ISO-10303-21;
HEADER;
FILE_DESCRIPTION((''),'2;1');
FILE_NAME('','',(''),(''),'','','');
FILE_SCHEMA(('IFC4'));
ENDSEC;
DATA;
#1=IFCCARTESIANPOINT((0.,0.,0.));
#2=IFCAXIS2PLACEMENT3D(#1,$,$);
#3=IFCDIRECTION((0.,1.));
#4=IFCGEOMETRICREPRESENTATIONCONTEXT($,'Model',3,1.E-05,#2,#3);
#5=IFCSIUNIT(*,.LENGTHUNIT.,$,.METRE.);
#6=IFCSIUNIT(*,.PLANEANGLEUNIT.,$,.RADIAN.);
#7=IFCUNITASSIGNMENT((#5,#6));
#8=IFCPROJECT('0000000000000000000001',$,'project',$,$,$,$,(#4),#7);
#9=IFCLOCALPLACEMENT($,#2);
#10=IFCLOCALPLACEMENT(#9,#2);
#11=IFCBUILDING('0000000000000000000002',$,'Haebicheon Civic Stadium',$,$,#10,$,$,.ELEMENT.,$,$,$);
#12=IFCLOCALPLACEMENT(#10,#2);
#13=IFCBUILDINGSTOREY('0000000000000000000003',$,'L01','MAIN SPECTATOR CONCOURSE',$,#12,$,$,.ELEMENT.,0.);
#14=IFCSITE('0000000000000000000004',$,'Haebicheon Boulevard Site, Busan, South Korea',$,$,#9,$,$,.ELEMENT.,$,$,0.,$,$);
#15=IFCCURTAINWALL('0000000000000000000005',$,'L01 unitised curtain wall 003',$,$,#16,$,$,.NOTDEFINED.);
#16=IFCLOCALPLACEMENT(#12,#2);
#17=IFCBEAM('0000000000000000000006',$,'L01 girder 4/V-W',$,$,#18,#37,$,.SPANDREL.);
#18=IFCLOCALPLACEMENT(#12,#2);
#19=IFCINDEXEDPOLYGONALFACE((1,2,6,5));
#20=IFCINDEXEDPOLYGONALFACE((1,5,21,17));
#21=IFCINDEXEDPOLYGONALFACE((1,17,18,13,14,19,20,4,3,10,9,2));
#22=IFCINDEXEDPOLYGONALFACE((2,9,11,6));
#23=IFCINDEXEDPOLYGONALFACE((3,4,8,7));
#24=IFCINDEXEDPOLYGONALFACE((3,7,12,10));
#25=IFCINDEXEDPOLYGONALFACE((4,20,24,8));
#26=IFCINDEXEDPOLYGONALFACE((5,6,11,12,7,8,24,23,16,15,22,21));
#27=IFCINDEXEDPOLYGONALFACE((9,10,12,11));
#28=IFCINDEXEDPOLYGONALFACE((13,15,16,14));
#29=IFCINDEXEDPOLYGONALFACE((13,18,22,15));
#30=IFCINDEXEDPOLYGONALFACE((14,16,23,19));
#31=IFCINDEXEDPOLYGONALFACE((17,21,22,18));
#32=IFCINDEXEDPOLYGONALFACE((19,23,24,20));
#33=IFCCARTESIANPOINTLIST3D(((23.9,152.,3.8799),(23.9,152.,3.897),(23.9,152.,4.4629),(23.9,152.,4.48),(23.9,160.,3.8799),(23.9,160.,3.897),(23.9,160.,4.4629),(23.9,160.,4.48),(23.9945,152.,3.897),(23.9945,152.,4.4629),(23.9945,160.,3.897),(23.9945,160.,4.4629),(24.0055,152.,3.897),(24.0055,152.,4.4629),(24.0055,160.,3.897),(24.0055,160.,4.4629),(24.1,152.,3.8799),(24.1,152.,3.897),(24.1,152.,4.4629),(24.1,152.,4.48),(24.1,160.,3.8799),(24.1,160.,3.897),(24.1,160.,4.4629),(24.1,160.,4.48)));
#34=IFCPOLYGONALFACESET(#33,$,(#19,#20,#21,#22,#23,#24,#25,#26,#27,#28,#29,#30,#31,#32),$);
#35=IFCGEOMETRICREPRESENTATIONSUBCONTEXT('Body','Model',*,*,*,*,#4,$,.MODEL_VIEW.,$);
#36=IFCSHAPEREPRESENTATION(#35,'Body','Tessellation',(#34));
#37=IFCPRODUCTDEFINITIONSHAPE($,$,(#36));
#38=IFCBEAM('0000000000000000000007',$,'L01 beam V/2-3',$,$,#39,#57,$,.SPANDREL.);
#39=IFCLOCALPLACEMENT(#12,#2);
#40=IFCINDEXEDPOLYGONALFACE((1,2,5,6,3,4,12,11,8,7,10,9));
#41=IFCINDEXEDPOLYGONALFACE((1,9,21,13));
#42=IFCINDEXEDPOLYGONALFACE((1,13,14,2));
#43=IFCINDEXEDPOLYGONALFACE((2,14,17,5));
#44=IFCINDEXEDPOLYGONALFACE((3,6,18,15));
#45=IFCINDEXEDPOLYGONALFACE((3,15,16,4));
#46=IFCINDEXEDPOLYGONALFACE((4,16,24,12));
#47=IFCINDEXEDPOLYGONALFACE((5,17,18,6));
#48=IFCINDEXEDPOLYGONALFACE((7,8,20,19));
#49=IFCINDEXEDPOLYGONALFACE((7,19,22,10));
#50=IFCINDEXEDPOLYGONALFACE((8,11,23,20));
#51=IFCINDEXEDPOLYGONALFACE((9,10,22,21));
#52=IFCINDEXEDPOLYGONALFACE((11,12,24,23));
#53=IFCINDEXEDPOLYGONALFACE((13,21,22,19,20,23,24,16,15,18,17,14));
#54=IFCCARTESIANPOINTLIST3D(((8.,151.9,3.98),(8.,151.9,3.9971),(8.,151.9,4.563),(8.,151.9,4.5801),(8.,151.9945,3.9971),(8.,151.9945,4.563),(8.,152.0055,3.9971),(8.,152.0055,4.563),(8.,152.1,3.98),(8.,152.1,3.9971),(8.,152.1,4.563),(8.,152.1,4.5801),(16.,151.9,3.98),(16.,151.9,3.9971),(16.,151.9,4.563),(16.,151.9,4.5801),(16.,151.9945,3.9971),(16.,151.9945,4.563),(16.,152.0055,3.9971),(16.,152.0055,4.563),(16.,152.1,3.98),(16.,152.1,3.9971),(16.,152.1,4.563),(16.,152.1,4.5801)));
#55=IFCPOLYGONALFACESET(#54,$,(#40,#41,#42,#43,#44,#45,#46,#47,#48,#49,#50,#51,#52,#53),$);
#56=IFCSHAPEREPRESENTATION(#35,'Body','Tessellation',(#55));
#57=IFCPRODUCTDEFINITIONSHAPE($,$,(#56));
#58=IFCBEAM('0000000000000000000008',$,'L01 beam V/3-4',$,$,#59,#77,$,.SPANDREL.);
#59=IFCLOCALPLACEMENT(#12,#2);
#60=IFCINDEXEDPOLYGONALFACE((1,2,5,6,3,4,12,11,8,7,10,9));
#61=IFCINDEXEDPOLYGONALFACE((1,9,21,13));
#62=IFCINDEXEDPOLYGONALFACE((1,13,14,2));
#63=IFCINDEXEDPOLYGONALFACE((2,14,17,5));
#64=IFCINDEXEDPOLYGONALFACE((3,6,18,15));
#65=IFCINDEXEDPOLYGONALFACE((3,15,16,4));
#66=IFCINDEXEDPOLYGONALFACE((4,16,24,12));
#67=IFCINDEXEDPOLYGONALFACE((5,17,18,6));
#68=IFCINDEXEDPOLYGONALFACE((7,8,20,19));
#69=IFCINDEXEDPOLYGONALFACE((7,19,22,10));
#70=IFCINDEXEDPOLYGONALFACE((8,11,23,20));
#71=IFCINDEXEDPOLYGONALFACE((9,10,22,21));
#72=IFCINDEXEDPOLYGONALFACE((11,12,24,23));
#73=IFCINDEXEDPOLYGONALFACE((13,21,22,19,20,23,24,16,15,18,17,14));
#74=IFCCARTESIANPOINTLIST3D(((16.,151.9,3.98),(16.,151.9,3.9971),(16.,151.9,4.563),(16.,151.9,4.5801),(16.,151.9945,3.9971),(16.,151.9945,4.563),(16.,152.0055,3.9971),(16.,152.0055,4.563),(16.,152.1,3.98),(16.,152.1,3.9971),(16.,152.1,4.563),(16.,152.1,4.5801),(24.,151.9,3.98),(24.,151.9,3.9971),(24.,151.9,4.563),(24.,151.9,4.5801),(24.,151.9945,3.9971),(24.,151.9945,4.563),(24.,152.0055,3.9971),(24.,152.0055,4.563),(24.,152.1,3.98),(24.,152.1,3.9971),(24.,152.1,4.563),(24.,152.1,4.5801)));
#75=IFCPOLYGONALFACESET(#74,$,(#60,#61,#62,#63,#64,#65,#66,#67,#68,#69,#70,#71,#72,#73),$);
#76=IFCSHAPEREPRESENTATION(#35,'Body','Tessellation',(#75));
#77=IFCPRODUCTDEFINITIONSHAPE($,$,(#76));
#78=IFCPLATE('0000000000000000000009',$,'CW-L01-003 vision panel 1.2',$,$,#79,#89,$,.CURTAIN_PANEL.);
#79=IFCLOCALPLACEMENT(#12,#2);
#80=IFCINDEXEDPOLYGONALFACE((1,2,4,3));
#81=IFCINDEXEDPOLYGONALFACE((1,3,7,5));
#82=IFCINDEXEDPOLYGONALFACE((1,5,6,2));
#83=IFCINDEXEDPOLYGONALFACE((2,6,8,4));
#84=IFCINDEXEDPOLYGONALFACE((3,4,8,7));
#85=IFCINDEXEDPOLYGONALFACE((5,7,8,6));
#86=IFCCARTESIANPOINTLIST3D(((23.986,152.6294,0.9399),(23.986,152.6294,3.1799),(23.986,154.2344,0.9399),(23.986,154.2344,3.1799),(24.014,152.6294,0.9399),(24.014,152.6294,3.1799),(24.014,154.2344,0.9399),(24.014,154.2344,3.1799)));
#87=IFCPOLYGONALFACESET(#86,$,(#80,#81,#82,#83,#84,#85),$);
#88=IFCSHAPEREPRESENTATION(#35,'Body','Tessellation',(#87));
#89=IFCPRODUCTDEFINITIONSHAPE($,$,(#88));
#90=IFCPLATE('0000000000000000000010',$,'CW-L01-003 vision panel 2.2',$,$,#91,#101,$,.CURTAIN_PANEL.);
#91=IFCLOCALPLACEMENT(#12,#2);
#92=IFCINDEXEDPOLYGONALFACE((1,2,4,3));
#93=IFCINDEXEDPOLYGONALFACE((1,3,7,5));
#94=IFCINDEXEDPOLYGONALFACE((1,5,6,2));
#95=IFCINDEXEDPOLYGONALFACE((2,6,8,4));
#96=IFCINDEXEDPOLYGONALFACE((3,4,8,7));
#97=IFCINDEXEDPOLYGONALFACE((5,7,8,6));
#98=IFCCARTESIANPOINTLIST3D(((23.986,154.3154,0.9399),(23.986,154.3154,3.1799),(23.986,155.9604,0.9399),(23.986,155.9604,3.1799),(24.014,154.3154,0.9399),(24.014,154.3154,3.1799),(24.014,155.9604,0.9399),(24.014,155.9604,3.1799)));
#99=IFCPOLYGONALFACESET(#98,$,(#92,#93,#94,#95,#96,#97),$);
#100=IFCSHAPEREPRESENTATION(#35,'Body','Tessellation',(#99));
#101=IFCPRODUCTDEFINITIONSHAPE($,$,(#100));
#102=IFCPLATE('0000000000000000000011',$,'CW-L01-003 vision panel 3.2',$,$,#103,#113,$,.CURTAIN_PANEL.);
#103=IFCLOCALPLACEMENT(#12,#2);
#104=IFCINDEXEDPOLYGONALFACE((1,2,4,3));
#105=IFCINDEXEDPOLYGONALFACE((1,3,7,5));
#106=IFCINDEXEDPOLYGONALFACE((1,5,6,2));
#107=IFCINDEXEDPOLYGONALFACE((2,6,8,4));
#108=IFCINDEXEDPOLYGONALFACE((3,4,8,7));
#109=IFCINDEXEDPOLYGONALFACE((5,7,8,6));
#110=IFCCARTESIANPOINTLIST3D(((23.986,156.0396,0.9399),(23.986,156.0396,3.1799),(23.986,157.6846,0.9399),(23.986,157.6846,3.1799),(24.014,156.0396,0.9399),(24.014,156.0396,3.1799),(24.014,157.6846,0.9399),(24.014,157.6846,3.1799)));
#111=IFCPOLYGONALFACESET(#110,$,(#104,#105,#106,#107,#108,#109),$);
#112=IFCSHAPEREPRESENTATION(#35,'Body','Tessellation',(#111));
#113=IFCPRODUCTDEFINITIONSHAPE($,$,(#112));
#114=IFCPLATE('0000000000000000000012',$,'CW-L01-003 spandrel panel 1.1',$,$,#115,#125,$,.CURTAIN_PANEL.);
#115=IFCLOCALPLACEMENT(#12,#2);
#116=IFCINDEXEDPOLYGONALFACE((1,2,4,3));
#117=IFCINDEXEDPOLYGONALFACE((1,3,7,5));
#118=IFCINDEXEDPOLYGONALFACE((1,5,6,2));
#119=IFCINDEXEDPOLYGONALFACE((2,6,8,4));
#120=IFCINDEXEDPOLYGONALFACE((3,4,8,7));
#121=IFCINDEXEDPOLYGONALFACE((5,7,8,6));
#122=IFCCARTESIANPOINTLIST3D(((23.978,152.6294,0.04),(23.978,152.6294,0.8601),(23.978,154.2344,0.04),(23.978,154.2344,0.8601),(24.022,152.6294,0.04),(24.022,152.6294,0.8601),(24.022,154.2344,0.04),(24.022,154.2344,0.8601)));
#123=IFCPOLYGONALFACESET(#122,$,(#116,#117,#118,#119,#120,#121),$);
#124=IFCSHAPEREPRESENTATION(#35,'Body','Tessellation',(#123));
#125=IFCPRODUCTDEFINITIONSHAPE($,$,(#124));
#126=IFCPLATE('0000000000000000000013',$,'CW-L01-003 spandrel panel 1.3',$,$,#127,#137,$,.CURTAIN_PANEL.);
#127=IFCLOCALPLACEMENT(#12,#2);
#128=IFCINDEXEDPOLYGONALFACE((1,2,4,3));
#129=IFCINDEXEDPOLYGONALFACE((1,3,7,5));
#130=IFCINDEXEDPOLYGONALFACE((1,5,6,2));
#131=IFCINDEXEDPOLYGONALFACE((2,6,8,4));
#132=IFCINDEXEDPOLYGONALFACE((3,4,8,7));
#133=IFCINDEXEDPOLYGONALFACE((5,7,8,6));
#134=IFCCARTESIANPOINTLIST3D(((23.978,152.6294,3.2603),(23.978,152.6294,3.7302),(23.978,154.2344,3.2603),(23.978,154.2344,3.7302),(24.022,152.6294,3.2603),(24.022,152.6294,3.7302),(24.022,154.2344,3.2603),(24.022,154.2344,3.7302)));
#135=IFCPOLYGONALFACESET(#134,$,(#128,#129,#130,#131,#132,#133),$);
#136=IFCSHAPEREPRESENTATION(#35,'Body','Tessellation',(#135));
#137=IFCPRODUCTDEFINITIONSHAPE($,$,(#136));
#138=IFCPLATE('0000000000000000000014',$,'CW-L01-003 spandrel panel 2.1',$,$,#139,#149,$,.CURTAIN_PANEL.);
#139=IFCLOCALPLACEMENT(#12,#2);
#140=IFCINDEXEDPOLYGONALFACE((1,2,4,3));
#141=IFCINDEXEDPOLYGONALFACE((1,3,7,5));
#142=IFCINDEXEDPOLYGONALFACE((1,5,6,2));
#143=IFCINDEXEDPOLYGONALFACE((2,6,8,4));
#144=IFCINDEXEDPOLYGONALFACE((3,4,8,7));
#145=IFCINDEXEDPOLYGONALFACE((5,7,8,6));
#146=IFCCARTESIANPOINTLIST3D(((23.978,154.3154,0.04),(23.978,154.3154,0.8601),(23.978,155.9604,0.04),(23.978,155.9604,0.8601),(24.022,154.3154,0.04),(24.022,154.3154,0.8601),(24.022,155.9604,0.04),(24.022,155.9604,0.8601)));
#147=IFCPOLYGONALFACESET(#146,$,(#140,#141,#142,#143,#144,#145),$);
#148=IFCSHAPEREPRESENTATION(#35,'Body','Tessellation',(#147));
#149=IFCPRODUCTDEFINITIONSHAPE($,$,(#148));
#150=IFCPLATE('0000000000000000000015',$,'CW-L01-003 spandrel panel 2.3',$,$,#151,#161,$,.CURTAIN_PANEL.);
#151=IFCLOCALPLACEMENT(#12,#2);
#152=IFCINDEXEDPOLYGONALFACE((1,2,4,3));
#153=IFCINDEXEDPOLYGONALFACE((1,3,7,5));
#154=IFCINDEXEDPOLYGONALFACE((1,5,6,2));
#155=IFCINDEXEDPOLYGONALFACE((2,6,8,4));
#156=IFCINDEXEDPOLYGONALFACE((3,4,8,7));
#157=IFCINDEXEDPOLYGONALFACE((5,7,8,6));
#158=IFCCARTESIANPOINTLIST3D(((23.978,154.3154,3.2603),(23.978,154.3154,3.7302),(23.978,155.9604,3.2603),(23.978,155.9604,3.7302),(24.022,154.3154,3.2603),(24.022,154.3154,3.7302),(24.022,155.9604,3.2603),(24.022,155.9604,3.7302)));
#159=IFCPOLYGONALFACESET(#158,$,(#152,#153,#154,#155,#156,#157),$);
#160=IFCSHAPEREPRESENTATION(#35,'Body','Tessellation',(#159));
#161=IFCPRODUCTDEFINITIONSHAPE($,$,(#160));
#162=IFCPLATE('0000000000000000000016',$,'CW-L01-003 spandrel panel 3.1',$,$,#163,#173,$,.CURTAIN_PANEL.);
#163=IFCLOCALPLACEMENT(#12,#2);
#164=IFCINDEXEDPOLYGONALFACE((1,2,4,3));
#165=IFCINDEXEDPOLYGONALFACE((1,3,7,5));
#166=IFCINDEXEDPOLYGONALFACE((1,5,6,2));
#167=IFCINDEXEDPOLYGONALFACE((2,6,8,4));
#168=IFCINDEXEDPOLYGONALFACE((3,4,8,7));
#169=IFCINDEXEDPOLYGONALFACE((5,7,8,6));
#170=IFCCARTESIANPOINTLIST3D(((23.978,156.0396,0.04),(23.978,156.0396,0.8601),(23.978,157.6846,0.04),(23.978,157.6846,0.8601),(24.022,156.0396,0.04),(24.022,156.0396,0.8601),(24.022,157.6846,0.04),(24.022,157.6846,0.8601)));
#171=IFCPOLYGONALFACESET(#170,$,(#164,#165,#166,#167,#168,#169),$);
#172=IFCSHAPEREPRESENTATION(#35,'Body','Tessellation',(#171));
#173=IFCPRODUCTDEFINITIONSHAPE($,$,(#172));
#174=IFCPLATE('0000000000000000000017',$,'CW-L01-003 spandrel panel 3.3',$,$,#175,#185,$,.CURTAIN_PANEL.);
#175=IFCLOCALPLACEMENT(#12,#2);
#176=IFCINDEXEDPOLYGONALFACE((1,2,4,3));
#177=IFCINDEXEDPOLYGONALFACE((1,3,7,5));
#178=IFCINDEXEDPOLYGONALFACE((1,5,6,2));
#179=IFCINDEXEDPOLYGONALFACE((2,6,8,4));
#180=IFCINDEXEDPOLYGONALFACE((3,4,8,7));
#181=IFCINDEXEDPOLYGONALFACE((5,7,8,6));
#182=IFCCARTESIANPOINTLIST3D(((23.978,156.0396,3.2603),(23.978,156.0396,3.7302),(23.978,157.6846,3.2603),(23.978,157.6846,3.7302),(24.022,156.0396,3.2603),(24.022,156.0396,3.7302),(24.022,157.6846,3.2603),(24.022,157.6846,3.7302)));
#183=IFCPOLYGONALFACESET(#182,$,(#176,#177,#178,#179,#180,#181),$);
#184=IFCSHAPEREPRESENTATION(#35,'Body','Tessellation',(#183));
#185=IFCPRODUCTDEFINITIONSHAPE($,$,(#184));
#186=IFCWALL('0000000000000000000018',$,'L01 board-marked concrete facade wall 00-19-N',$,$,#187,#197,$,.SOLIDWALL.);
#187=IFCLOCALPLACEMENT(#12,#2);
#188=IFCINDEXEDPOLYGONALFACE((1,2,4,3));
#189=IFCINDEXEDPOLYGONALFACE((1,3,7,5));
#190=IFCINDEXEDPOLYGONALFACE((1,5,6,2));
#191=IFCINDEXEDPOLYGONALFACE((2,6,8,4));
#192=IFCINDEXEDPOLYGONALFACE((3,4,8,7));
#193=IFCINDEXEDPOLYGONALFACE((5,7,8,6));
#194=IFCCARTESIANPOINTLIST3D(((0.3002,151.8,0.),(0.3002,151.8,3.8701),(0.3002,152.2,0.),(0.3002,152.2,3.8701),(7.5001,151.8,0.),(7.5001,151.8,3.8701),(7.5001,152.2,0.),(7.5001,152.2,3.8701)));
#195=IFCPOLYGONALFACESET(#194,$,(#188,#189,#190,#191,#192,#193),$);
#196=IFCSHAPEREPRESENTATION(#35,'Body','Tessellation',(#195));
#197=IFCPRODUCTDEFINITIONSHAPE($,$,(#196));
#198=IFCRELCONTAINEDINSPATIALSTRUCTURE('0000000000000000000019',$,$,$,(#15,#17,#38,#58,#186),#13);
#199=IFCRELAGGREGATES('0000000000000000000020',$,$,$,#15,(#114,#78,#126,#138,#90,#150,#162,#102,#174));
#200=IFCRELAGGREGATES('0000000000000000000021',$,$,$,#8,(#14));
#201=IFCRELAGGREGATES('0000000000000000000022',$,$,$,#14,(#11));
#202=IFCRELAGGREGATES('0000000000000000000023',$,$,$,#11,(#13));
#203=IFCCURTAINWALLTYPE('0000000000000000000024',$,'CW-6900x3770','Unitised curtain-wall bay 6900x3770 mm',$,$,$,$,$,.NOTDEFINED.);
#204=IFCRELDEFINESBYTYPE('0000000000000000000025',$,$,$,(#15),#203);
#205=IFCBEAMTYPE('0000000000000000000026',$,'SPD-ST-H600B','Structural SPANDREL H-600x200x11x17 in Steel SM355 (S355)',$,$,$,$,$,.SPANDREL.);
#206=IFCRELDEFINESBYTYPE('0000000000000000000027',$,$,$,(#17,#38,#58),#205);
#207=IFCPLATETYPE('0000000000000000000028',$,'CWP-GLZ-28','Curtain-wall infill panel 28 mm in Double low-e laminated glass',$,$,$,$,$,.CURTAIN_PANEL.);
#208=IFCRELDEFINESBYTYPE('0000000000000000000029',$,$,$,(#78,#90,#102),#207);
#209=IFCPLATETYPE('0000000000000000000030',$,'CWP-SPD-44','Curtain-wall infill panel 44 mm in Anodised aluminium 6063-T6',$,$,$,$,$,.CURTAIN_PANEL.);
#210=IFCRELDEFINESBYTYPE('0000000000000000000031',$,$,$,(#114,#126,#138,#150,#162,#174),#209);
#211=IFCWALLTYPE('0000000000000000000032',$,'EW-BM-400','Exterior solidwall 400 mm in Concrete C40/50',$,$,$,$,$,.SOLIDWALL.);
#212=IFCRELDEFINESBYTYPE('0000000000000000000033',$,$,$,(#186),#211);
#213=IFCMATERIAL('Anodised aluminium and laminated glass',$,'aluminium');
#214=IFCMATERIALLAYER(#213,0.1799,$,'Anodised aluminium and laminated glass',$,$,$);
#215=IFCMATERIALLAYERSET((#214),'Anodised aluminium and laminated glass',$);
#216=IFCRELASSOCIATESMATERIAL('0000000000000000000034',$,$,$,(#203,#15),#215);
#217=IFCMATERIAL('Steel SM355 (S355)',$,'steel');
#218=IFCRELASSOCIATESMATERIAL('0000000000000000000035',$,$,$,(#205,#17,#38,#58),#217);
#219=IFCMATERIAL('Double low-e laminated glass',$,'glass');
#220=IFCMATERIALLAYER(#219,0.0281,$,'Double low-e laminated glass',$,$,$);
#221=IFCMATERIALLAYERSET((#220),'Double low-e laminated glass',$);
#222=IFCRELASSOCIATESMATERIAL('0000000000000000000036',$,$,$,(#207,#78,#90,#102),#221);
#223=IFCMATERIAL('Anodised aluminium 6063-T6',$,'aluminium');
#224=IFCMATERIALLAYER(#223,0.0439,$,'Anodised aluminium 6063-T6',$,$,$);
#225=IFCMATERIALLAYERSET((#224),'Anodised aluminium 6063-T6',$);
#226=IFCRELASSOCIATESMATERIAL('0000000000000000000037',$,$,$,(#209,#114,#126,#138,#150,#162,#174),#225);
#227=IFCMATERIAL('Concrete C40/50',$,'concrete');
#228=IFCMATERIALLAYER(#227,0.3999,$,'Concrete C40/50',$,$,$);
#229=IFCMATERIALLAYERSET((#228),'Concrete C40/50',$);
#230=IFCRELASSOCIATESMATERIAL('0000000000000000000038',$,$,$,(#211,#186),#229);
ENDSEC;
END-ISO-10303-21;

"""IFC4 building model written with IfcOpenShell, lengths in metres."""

from ifc_helpers import new_model, si_unit, direction, frame, frame_2d, origin, origin_2d, place, context, subcontext, project, spatial, rectangle, i_section, extrude, material, layer, layer_set, material_profile, profile_set, type_object, element, aggregate, save


model = new_model("IFC4")

# Units and contexts
model_context = context("Model", 3, precision=1e-05, world=origin(), true_north=direction((0.0, 1.0)))
body_context = subcontext(model_context, "Body", "Model", "MODEL_VIEW")
ifc_project = project(units=[si_unit("LENGTHUNIT", "METRE"), si_unit("PLANEANGLEUNIT", "RADIAN")], contexts=[model_context])

# Site, building, storey
site_placement = place(None, origin())
site = spatial("IfcSite", under=ifc_project, at=site_placement, Name="Haebicheon Boulevard Site, Busan, South Korea", CompositionType="ELEMENT", RefElevation=0.0)
building_placement = place(site_placement, origin())
building = spatial("IfcBuilding", under=site, at=building_placement, Name="Haebicheon Civic Stadium", CompositionType="ELEMENT")
storey_placement = place(building_placement, origin())
storey = spatial("IfcBuildingStorey", under=building, at=storey_placement, Name="L01", Description="MAIN SPECTATOR CONCOURSE", CompositionType="ELEMENT", Elevation=0.0)

# Curtain wall
ifc_material_1 = material(Name="Anodised aluminium and laminated glass", Category="aluminium")
ifc_layer_1 = layer(ifc_material_1, 0.1799, Name="Anodised aluminium and laminated glass")
ifc_layer_set_1 = layer_set([ifc_layer_1], Name="Anodised aluminium and laminated glass")
curtain_wall_type = type_object("IfcCurtainWallType", Name="CW-6900x3770", Description="Unitised curtain-wall bay 6900x3770 mm", PredefinedType="NOTDEFINED", material=ifc_layer_set_1)
curtain_wall_placement = place(storey_placement, origin())
curtain_wall = element("IfcCurtainWall", 1, at=curtain_wall_placement, inside=storey, type_object=curtain_wall_type, material=ifc_layer_set_1, Name="L01 unitised curtain wall 003", PredefinedType="NOTDEFINED")

# Beams
ifc_material_2 = material(Name="Steel SM355 (S355)", Category="steel")
ifc_material_profile_1 = material_profile(ifc_material_2, i_section(OverallWidth=0.2, OverallDepth=0.6001, WebThickness=0.011, FlangeThickness=0.0171, at=origin_2d()), Name="H-600x200x11x17")
ifc_profile_set_1 = profile_set([ifc_material_profile_1], Name="Steel SM355 (S355)")
beam_type_1 = type_object("IfcBeamType", Name="SPD-ST-H600B", Description="Structural SPANDREL H-600x200x11x17 in Steel SM355 (S355)", PredefinedType="SPANDREL", material=ifc_profile_set_1)
for number, where, z_axis, x_axis, name in (
    (2, (24.0, 152.0, 4.1799), (0.0, 1.0, 0.0), (-1.0, 0.0, 0.0), "L01 girder 4/V-W"),
    (3, (8.0, 152.0, 4.28), (1.0, 0.0, 0.0), (0.0, 1.0, 0.0), "L01 beam V/2-3"),
    (4, (16.0, 152.0, 4.28), (1.0, 0.0, 0.0), (0.0, 1.0, 0.0), "L01 beam V/3-4"),
):
    element("IfcBeam", number, at=place(storey_placement, frame(where, z_axis=z_axis, x_axis=x_axis)), inside=storey, type_object=beam_type_1, material=ifc_profile_set_1, Name=name, PredefinedType="SPANDREL", context=body_context, shape_type="SweptSolid", body=[
        extrude(i_section(OverallWidth=0.2, OverallDepth=0.6001, WebThickness=0.011, FlangeThickness=0.0171, at=origin_2d()), origin(), (0.0, 0.0, 1.0), 8.0),
    ])

# Plates
ifc_material_3 = material(Name="Double low-e laminated glass", Category="glass")
ifc_layer_2 = layer(ifc_material_3, 0.0281, Name="Double low-e laminated glass")
ifc_layer_set_2 = layer_set([ifc_layer_2], Name="Double low-e laminated glass")
plate_type_1 = type_object("IfcPlateType", Name="CWP-GLZ-28", Description="Curtain-wall infill panel 28 mm in Double low-e laminated glass", PredefinedType="CURTAIN_PANEL", material=ifc_layer_set_2)
plate_1_placement = place(storey_placement, frame((24.0, 153.4319, 0.9399), z_axis=(0.0, 0.0, 1.0), x_axis=(0.0, 1.0, 0.0)))
plate_1 = element("IfcPlate", 5, at=plate_1_placement, type_object=plate_type_1, material=ifc_layer_set_2, Name="CW-L01-003 vision panel 1.2", PredefinedType="CURTAIN_PANEL", context=body_context, shape_type="SweptSolid", body=[
    extrude(rectangle(XDim=1.605, YDim=0.0281, at=origin_2d()), origin(), (0.0, 0.0, 1.0), 2.24),
])
plate_2_placement = place(storey_placement, frame((24.0, 155.1379, 0.9399), z_axis=(0.0, 0.0, 1.0), x_axis=(0.0, 1.0, 0.0)))
plate_2 = element("IfcPlate", 6, at=plate_2_placement, type_object=plate_type_1, material=ifc_layer_set_2, Name="CW-L01-003 vision panel 2.2", PredefinedType="CURTAIN_PANEL", context=body_context, shape_type="SweptSolid", body=[
    extrude(rectangle(XDim=1.645, YDim=0.0281, at=origin_2d()), origin(), (0.0, 0.0, 1.0), 2.24),
])
plate_3_placement = place(storey_placement, frame((24.0, 156.8621, 0.9399), z_axis=(0.0, 0.0, 1.0), x_axis=(0.0, 1.0, 0.0)))
plate_3 = element("IfcPlate", 7, at=plate_3_placement, type_object=plate_type_1, material=ifc_layer_set_2, Name="CW-L01-003 vision panel 3.2", PredefinedType="CURTAIN_PANEL", context=body_context, shape_type="SweptSolid", body=[
    extrude(rectangle(XDim=1.645, YDim=0.0281, at=origin_2d()), origin(), (0.0, 0.0, 1.0), 2.24),
])
ifc_material_4 = material(Name="Anodised aluminium 6063-T6", Category="aluminium")
ifc_layer_3 = layer(ifc_material_4, 0.0439, Name="Anodised aluminium 6063-T6")
ifc_layer_set_3 = layer_set([ifc_layer_3], Name="Anodised aluminium 6063-T6")
plate_type_2 = type_object("IfcPlateType", Name="CWP-SPD-44", Description="Curtain-wall infill panel 44 mm in Anodised aluminium 6063-T6", PredefinedType="CURTAIN_PANEL", material=ifc_layer_set_3)
plate_4_placement = place(storey_placement, frame((24.0, 153.4319, 0.04), z_axis=(0.0, 0.0, 1.0), x_axis=(0.0, 1.0, 0.0)))
plate_4 = element("IfcPlate", 8, at=plate_4_placement, type_object=plate_type_2, material=ifc_layer_set_3, Name="CW-L01-003 spandrel panel 1.1", PredefinedType="CURTAIN_PANEL", context=body_context, shape_type="SweptSolid", body=[
    extrude(rectangle(XDim=1.605, YDim=0.0439, at=origin_2d()), origin(), (0.0, 0.0, 1.0), 0.8201),
])
plate_5_placement = place(storey_placement, frame((24.0, 153.4319, 3.2603), z_axis=(0.0, 0.0, 1.0), x_axis=(0.0, 1.0, 0.0)))
plate_5 = element("IfcPlate", 9, at=plate_5_placement, type_object=plate_type_2, material=ifc_layer_set_3, Name="CW-L01-003 spandrel panel 1.3", PredefinedType="CURTAIN_PANEL", context=body_context, shape_type="SweptSolid", body=[
    extrude(rectangle(XDim=1.605, YDim=0.0439, at=origin_2d()), origin(), (0.0, 0.0, 1.0), 0.47),
])
plate_6_placement = place(storey_placement, frame((24.0, 155.1379, 0.04), z_axis=(0.0, 0.0, 1.0), x_axis=(0.0, 1.0, 0.0)))
plate_6 = element("IfcPlate", 10, at=plate_6_placement, type_object=plate_type_2, material=ifc_layer_set_3, Name="CW-L01-003 spandrel panel 2.1", PredefinedType="CURTAIN_PANEL", context=body_context, shape_type="SweptSolid", body=[
    extrude(rectangle(XDim=1.645, YDim=0.0439, at=origin_2d()), origin(), (0.0, 0.0, 1.0), 0.8201),
])
plate_7_placement = place(storey_placement, frame((24.0, 155.1379, 3.2603), z_axis=(0.0, 0.0, 1.0), x_axis=(0.0, 1.0, 0.0)))
plate_7 = element("IfcPlate", 11, at=plate_7_placement, type_object=plate_type_2, material=ifc_layer_set_3, Name="CW-L01-003 spandrel panel 2.3", PredefinedType="CURTAIN_PANEL", context=body_context, shape_type="SweptSolid", body=[
    extrude(rectangle(XDim=1.645, YDim=0.0439, at=origin_2d()), origin(), (0.0, 0.0, 1.0), 0.47),
])
plate_8_placement = place(storey_placement, frame((24.0, 156.8621, 0.04), z_axis=(0.0, 0.0, 1.0), x_axis=(0.0, 1.0, 0.0)))
plate_8 = element("IfcPlate", 12, at=plate_8_placement, type_object=plate_type_2, material=ifc_layer_set_3, Name="CW-L01-003 spandrel panel 3.1", PredefinedType="CURTAIN_PANEL", context=body_context, shape_type="SweptSolid", body=[
    extrude(rectangle(XDim=1.645, YDim=0.0439, at=origin_2d()), origin(), (0.0, 0.0, 1.0), 0.8201),
])
plate_9_placement = place(storey_placement, frame((24.0, 156.8621, 3.2603), z_axis=(0.0, 0.0, 1.0), x_axis=(0.0, 1.0, 0.0)))
plate_9 = element("IfcPlate", 13, at=plate_9_placement, type_object=plate_type_2, material=ifc_layer_set_3, Name="CW-L01-003 spandrel panel 3.3", PredefinedType="CURTAIN_PANEL", context=body_context, shape_type="SweptSolid", body=[
    extrude(rectangle(XDim=1.645, YDim=0.0439, at=origin_2d()), origin(), (0.0, 0.0, 1.0), 0.47),
])
aggregate(curtain_wall, [plate_4, plate_1, plate_5, plate_6, plate_2, plate_7, plate_8, plate_3, plate_9])

# Wall
ifc_material_5 = material(Name="Concrete C40/50", Category="concrete")
ifc_layer_4 = layer(ifc_material_5, 0.3999, Name="Concrete C40/50")
ifc_layer_set_4 = layer_set([ifc_layer_4], Name="Concrete C40/50")
wall_type = type_object("IfcWallType", Name="EW-BM-400", Description="Exterior solidwall 400 mm in Concrete C40/50", PredefinedType="SOLIDWALL", material=ifc_layer_set_4)
wall_1_placement = place(storey_placement, frame((0.3, 152.0, 0.0), z_axis=(0.0, 0.0, 1.0), x_axis=(1.0, 0.0, 0.0)))
element("IfcWall", 14, at=wall_1_placement, inside=storey, type_object=wall_type, material=ifc_layer_set_4, Name="L01 board-marked concrete facade wall 00-19-N", PredefinedType="SOLIDWALL", context=body_context, shape_type="SweptSolid", body=[
    extrude(rectangle(XDim=7.2, YDim=0.3999, at=frame_2d((3.6001, 0.0))), origin(), (0.0, 0.0, 1.0), 3.8701),
])

save(model, "model.ifc")
